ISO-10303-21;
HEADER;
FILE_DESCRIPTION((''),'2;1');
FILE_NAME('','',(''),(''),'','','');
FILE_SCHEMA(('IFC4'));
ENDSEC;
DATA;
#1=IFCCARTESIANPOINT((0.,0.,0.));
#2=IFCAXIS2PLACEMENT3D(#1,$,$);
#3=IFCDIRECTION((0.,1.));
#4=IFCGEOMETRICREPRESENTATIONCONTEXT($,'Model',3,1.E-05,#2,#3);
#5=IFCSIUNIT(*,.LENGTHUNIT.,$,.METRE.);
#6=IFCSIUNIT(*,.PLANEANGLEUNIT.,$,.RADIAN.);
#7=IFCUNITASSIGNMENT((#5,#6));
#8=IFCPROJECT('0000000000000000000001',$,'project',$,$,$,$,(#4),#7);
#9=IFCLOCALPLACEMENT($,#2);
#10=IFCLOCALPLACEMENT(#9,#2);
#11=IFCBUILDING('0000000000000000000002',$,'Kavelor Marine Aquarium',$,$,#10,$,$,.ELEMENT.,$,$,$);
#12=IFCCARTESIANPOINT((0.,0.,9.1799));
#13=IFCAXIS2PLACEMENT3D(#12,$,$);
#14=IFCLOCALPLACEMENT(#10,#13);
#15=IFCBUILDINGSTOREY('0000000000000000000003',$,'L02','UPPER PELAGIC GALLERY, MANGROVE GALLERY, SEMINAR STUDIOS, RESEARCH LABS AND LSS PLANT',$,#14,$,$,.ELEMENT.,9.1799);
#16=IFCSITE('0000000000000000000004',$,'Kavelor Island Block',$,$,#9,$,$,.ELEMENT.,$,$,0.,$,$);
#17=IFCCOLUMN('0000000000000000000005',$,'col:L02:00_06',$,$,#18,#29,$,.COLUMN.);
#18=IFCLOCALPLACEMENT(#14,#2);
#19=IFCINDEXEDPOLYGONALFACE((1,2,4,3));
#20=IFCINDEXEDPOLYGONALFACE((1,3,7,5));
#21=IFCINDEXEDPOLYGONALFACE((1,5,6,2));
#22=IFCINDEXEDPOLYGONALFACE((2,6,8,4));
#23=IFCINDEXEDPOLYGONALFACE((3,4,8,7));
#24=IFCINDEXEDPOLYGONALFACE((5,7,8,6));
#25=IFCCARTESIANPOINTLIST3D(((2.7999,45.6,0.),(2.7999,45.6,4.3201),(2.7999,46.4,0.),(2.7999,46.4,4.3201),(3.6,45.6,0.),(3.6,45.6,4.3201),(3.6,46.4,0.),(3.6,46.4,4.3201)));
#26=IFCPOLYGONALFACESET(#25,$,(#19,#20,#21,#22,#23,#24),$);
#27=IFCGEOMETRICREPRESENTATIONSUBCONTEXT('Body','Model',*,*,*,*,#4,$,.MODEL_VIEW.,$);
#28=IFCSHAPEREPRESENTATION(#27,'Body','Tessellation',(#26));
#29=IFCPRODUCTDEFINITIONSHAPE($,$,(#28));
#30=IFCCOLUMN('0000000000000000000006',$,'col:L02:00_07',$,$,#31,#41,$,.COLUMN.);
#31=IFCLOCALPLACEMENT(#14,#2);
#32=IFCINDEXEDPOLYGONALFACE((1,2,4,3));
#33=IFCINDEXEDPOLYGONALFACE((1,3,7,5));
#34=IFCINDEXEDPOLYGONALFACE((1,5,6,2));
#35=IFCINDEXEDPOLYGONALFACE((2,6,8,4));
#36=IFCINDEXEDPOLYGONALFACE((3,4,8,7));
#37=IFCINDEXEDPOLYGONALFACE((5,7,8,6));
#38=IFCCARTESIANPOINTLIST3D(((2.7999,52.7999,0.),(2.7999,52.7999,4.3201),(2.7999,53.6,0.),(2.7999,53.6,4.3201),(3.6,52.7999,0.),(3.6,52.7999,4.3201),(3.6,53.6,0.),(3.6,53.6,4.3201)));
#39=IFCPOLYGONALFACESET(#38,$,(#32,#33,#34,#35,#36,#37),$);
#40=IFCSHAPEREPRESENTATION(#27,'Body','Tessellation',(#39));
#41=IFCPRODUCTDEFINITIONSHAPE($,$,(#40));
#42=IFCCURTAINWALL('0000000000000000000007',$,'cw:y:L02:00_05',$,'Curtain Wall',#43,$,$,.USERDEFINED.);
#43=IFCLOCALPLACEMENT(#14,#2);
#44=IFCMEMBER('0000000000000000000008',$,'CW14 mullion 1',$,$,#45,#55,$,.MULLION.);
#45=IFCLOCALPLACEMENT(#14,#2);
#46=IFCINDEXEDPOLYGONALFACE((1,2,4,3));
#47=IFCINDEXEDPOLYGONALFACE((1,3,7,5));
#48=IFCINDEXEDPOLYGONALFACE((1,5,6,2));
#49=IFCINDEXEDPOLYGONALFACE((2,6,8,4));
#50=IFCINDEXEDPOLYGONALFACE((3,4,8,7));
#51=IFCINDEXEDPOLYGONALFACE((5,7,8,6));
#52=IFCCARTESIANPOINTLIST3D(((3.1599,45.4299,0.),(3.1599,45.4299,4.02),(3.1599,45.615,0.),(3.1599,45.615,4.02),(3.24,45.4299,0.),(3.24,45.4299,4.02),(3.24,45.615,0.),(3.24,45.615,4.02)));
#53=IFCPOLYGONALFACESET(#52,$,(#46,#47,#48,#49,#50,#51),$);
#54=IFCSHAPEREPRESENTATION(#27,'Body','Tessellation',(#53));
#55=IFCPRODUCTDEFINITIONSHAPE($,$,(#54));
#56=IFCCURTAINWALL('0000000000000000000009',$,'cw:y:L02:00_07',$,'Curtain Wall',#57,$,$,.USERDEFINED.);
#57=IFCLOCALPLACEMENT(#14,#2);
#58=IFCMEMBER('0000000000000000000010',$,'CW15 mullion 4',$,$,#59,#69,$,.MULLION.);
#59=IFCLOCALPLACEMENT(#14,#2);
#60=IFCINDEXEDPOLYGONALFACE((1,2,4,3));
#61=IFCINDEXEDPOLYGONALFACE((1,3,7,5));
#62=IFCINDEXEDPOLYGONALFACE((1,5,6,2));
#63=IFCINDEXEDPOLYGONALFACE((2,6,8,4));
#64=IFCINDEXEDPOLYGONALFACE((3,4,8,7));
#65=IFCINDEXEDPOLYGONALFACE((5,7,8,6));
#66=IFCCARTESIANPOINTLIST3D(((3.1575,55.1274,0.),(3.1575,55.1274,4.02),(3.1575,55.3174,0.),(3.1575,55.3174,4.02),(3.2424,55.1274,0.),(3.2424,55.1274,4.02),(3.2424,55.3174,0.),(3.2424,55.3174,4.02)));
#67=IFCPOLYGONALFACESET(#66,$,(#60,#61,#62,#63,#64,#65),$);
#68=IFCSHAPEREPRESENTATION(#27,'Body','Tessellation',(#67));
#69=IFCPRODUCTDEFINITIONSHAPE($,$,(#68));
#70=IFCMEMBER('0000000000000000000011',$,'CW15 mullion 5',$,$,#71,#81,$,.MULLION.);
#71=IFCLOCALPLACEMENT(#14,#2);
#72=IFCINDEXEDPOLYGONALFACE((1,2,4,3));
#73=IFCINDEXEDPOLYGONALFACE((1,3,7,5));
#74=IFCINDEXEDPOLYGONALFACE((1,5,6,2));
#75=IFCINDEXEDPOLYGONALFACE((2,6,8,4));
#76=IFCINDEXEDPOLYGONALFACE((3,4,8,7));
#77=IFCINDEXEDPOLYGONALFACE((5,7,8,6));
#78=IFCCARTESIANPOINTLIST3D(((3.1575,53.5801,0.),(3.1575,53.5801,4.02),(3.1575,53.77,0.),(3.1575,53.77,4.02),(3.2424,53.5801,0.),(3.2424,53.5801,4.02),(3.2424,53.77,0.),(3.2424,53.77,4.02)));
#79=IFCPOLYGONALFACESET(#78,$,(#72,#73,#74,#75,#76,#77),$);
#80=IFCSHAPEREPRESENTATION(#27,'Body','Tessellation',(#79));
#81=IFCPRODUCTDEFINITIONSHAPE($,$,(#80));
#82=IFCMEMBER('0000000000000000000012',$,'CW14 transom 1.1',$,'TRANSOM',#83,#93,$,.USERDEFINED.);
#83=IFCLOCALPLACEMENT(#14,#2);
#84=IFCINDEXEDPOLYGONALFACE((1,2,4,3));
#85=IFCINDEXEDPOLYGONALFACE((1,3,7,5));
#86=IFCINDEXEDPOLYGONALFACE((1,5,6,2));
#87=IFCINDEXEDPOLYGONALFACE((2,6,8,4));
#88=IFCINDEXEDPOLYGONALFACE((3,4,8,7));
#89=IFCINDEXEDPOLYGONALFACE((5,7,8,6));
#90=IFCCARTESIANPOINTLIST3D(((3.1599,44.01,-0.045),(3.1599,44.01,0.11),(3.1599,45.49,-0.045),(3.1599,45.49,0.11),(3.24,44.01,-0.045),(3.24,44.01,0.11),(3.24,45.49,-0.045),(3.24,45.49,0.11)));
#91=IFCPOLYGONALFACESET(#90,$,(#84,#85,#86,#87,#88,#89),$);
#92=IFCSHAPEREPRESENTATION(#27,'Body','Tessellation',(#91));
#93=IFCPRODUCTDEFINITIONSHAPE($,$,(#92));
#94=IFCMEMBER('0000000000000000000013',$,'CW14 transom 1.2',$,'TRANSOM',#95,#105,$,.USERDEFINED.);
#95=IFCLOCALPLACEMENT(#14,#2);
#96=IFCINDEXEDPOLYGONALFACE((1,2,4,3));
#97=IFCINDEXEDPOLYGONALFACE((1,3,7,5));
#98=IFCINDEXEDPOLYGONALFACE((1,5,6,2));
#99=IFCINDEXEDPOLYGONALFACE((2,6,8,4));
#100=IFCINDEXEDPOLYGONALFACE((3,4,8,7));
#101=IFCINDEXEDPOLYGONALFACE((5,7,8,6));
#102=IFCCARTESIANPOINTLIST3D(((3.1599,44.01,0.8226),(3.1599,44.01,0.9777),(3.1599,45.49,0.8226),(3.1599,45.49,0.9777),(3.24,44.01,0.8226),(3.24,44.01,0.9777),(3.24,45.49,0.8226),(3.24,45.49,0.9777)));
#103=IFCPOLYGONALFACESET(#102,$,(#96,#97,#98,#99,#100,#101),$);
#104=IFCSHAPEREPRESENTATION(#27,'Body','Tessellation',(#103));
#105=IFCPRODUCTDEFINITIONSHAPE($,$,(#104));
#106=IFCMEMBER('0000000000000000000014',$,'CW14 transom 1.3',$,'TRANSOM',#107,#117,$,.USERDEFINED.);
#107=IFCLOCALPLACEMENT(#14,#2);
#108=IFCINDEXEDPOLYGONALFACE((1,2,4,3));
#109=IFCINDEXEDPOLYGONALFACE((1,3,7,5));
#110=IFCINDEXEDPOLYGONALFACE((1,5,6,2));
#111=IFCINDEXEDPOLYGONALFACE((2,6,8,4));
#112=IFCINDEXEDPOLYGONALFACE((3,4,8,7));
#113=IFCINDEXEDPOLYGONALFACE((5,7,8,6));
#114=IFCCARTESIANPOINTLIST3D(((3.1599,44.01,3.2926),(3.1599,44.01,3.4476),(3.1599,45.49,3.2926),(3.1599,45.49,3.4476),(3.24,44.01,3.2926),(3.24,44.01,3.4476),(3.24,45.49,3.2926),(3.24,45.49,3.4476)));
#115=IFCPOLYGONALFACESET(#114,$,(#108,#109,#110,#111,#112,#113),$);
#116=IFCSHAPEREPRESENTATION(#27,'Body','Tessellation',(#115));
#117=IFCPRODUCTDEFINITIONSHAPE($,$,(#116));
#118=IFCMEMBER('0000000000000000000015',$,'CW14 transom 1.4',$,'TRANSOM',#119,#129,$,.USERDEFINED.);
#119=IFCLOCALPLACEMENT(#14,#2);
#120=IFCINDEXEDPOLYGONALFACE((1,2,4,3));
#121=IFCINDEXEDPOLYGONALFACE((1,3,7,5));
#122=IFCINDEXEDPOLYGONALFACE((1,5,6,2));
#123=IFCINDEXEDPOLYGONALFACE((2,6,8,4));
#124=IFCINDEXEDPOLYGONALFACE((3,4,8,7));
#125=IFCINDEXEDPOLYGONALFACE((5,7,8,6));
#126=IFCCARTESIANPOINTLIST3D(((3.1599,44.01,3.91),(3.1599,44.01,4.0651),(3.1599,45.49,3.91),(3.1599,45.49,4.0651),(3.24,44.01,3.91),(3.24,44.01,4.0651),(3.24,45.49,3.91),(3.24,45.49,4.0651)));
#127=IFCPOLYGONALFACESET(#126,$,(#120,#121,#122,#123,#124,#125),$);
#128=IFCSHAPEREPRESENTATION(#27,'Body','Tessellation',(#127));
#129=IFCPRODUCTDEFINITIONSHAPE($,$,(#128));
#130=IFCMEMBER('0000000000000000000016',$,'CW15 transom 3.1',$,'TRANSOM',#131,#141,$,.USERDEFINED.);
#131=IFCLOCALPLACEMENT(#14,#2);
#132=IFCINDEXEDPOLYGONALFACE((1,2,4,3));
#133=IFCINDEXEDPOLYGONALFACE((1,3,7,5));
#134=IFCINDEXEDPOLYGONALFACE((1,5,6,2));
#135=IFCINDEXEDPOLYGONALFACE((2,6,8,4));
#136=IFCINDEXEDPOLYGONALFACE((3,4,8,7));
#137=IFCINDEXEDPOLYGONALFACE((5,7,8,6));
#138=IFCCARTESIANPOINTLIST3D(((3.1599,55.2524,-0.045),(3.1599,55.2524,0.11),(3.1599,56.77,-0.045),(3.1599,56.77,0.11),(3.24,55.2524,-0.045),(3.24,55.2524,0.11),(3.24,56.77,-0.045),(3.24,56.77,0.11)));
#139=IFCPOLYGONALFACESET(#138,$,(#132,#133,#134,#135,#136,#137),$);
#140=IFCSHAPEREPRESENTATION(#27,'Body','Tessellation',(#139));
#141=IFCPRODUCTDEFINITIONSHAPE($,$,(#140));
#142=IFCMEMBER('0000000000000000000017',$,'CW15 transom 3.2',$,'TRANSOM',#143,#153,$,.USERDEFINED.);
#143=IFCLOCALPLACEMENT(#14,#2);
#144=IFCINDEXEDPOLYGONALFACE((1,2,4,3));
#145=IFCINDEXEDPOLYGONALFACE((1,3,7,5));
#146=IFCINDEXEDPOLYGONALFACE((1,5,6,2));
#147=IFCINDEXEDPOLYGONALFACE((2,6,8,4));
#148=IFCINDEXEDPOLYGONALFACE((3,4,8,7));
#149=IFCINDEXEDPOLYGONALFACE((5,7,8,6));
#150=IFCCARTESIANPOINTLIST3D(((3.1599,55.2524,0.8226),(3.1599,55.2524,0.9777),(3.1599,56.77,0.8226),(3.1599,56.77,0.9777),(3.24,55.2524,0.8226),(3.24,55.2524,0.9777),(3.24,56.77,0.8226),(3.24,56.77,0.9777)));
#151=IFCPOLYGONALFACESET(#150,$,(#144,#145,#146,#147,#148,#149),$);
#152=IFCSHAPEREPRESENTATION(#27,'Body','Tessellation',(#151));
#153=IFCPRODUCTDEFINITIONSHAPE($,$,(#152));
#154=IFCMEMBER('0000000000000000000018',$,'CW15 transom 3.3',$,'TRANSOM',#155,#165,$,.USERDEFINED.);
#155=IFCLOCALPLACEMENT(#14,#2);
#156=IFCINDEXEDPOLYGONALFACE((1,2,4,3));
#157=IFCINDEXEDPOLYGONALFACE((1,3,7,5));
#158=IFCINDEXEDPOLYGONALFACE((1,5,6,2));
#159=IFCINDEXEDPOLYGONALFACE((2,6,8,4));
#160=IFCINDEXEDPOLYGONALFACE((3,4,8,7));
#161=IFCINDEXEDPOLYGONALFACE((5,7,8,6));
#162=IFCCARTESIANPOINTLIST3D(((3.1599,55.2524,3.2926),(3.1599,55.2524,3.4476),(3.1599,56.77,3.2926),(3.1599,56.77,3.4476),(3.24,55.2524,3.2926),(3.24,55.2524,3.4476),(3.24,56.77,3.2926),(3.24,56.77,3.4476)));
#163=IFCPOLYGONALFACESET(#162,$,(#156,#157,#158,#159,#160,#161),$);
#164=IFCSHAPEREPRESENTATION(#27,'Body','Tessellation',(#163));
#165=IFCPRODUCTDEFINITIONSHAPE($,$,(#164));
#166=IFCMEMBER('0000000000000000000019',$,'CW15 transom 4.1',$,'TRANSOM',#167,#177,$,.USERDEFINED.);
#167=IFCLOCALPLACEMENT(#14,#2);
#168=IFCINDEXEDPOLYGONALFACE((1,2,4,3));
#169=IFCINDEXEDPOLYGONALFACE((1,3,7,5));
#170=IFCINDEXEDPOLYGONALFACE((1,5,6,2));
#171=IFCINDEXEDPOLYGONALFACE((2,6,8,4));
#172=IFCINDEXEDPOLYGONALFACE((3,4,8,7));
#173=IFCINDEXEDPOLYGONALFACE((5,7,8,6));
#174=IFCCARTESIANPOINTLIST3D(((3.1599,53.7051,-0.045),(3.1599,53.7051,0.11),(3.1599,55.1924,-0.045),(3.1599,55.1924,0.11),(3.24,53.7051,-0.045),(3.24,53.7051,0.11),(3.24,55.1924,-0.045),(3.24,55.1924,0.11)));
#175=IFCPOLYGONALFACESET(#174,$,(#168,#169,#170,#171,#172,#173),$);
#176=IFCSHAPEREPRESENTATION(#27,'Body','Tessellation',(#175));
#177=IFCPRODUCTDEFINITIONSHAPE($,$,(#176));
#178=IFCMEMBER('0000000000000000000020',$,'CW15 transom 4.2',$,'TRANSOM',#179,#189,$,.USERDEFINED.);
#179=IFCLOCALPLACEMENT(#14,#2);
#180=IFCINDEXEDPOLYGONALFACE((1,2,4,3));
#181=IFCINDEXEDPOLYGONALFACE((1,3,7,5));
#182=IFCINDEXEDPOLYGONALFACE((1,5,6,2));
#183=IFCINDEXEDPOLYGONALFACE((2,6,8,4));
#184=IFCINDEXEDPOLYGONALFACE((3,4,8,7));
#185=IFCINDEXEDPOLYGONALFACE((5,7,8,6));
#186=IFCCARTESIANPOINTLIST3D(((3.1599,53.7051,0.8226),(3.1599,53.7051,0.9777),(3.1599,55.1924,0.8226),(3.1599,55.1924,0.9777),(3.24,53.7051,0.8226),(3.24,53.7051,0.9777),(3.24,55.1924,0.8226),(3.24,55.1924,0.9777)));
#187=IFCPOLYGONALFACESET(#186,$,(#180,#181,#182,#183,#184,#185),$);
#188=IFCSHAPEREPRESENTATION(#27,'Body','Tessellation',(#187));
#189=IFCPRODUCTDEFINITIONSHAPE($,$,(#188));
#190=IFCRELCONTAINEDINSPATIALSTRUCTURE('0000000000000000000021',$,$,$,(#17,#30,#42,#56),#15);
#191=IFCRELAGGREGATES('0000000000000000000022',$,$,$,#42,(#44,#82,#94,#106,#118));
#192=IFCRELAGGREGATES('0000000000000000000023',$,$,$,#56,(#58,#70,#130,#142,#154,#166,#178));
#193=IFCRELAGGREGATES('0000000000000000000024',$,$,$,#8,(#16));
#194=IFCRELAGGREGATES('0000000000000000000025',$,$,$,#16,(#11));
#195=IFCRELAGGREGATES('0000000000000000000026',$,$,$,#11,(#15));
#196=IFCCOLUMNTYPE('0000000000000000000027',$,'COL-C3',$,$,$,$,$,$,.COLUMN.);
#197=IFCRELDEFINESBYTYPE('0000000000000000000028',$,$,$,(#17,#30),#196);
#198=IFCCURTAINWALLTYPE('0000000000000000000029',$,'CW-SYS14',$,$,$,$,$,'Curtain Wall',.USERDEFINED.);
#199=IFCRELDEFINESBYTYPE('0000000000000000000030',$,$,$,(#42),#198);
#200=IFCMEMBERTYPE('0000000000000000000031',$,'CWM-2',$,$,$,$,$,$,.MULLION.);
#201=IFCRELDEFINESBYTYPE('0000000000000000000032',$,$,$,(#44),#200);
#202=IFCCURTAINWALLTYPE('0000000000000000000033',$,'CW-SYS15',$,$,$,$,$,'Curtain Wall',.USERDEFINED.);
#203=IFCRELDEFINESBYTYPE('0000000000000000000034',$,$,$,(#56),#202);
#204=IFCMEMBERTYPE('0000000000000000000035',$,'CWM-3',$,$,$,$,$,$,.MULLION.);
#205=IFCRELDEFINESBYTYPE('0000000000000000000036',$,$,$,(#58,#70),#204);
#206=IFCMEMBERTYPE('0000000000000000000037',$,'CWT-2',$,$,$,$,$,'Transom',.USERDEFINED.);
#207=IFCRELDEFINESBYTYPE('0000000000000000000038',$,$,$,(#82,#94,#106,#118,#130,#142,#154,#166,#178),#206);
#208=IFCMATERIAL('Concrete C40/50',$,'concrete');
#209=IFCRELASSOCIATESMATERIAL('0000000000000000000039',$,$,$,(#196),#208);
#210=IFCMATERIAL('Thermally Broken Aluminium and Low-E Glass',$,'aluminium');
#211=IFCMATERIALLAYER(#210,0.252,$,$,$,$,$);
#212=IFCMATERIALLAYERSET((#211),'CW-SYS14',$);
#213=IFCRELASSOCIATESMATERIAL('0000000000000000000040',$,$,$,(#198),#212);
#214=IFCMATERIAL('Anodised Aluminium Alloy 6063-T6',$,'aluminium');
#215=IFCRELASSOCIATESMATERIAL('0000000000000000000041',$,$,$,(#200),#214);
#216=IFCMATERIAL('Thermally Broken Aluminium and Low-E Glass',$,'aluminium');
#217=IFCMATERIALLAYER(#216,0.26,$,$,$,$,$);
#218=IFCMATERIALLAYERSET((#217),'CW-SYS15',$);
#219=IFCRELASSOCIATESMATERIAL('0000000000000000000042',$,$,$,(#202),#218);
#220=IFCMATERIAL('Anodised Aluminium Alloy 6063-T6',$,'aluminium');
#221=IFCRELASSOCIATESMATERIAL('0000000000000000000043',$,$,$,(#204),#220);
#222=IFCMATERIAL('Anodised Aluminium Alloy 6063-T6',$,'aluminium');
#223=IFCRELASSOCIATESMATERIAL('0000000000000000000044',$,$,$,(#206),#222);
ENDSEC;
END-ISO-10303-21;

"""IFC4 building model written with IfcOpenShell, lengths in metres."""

from ifc_helpers import new_model, si_unit, direction, frame, origin, origin_2d, place, context, subcontext, project, spatial, rectangle, extrude, material, layer, layer_set, material_profile, profile_set, type_object, element, aggregate, save


model = new_model("IFC4")

# Units and contexts
model_context = context("Model", 3, precision=1e-05, world=origin(), true_north=direction((0.0, 1.0)))
body_context = subcontext(model_context, "Body", "Model", "MODEL_VIEW")
ifc_project = project(units=[si_unit("LENGTHUNIT", "METRE"), si_unit("PLANEANGLEUNIT", "RADIAN")], contexts=[model_context])

# Site, building, storey
site_placement = place(None, origin())
site = spatial("IfcSite", under=ifc_project, at=site_placement, Name="Kavelor Island Block", CompositionType="ELEMENT", RefElevation=0.0)
building_placement = place(site_placement, origin())
building = spatial("IfcBuilding", under=site, at=building_placement, Name="Kavelor Marine Aquarium", CompositionType="ELEMENT")
storey_placement = place(building_placement, frame((0.0, 0.0, 9.1799)))
storey = spatial("IfcBuildingStorey", under=building, at=storey_placement, Name="L02", Description="UPPER PELAGIC GALLERY, MANGROVE GALLERY, SEMINAR STUDIOS, RESEARCH LABS AND LSS PLANT", CompositionType="ELEMENT", Elevation=9.1799)

# Columns
ifc_material_1 = material(Name="Concrete C40/50", Category="concrete")
ifc_material_profile_1 = material_profile(ifc_material_1, rectangle(XDim=0.8, YDim=0.8, at=origin_2d()), Name="RC-COL 800x800")
ifc_profile_set_1 = profile_set([ifc_material_profile_1], Name="Concrete C40/50")
column_type = type_object("IfcColumnType", Name="COL-C3", PredefinedType="COLUMN", material=ifc_profile_set_1)
for number, where, z_axis, x_axis, name in (
    (1, (3.2, 46.0, 0.0), (0.0, 0.0, 1.0), (1.0, 0.0, 0.0), "col:L02:00_06"),
    (2, (3.2, 53.2, 0.0), (0.0, 0.0, 1.0), (1.0, 0.0, 0.0), "col:L02:00_07"),
):
    element("IfcColumn", number, at=place(storey_placement, frame(where, z_axis=z_axis, x_axis=x_axis)), inside=storey, type_object=column_type, Name=name, PredefinedType="COLUMN", context=body_context, shape_type="SweptSolid", body=[
        extrude(rectangle(XDim=0.8, YDim=0.8, at=origin_2d()), origin(), (0.0, 0.0, 1.0), 4.3201),
    ])

# Curtain wall, member
ifc_material_2 = material(Name="Thermally Broken Aluminium and Low-E Glass", Category="aluminium")
ifc_layer_1 = layer(ifc_material_2, 0.252)
ifc_layer_set_1 = layer_set([ifc_layer_1], Name="CW-SYS14")
curtain_wall_type_1 = type_object("IfcCurtainWallType", Name="CW-SYS14", ElementType="Curtain Wall", PredefinedType="USERDEFINED", material=ifc_layer_set_1)
curtain_wall_1_placement = place(storey_placement, origin())
curtain_wall_1 = element("IfcCurtainWall", 3, at=curtain_wall_1_placement, inside=storey, type_object=curtain_wall_type_1, Name="cw:y:L02:00_05", ObjectType="Curtain Wall", PredefinedType="USERDEFINED")
ifc_material_3 = material(Name="Anodised Aluminium Alloy 6063-T6", Category="aluminium")
ifc_material_profile_2 = material_profile(ifc_material_3, rectangle(XDim=0.0801, YDim=0.1851, at=origin_2d()), Name="CW-MUL 80x185")
ifc_profile_set_2 = profile_set([ifc_material_profile_2], Name="Anodised Aluminium Alloy 6063-T6")
member_type_1 = type_object("IfcMemberType", Name="CWM-2", PredefinedType="MULLION", material=ifc_profile_set_2)
member_1_placement = place(storey_placement, frame((3.2, 45.5225, 0.0), z_axis=(0.0, 0.0, 1.0), x_axis=(1.0, 0.0, 0.0)))
member_1 = element("IfcMember", 4, at=member_1_placement, type_object=member_type_1, Name="CW14 mullion 1", PredefinedType="MULLION", context=body_context, shape_type="SweptSolid", body=[
    extrude(rectangle(XDim=0.0801, YDim=0.1851, at=origin_2d()), origin(), (0.0, 0.0, 1.0), 4.02),
])

# Curtain wall, members
ifc_material_4 = material(Name="Thermally Broken Aluminium and Low-E Glass", Category="aluminium")
ifc_layer_2 = layer(ifc_material_4, 0.26)
ifc_layer_set_2 = layer_set([ifc_layer_2], Name="CW-SYS15")
curtain_wall_type_2 = type_object("IfcCurtainWallType", Name="CW-SYS15", ElementType="Curtain Wall", PredefinedType="USERDEFINED", material=ifc_layer_set_2)
curtain_wall_2_placement = place(storey_placement, origin())
curtain_wall_2 = element("IfcCurtainWall", 5, at=curtain_wall_2_placement, inside=storey, type_object=curtain_wall_type_2, Name="cw:y:L02:00_07", ObjectType="Curtain Wall", PredefinedType="USERDEFINED")
ifc_material_5 = material(Name="Anodised Aluminium Alloy 6063-T6", Category="aluminium")
ifc_material_profile_3 = material_profile(ifc_material_5, rectangle(XDim=0.085, YDim=0.1899, at=origin_2d()), Name="CW-MUL 85x190")
ifc_profile_set_3 = profile_set([ifc_material_profile_3], Name="Anodised Aluminium Alloy 6063-T6")
member_type_2 = type_object("IfcMemberType", Name="CWM-3", PredefinedType="MULLION", material=ifc_profile_set_3)
member_2_placement = place(storey_placement, frame((3.2, 55.2224, 0.0), z_axis=(0.0, 0.0, 1.0), x_axis=(1.0, 0.0, 0.0)))
member_2 = element("IfcMember", 6, at=member_2_placement, type_object=member_type_2, Name="CW15 mullion 4", PredefinedType="MULLION", context=body_context, shape_type="SweptSolid", body=[
    extrude(rectangle(XDim=0.085, YDim=0.1899, at=origin_2d()), origin(), (0.0, 0.0, 1.0), 4.02),
])
member_3_placement = place(storey_placement, frame((3.2, 53.675, 0.0), z_axis=(0.0, 0.0, 1.0), x_axis=(1.0, 0.0, 0.0)))
member_3 = element("IfcMember", 7, at=member_3_placement, type_object=member_type_2, Name="CW15 mullion 5", PredefinedType="MULLION", context=body_context, shape_type="SweptSolid", body=[
    extrude(rectangle(XDim=0.085, YDim=0.1899, at=origin_2d()), origin(), (0.0, 0.0, 1.0), 4.02),
])

# Members
ifc_material_6 = material(Name="Anodised Aluminium Alloy 6063-T6", Category="aluminium")
ifc_material_profile_4 = material_profile(ifc_material_6, rectangle(XDim=0.0801, YDim=0.155, at=origin_2d()), Name="CW-TRN 80x155")
ifc_profile_set_4 = profile_set([ifc_material_profile_4], Name="Anodised Aluminium Alloy 6063-T6")
member_type_3 = type_object("IfcMemberType", Name="CWT-2", ElementType="Transom", PredefinedType="USERDEFINED", material=ifc_profile_set_4)
member_4_placement = place(storey_placement, frame((3.2, 45.49, 0.0325), z_axis=(0.0, -1.0, 0.0), x_axis=(1.0, 0.0, 0.0)))
member_4 = element("IfcMember", 8, at=member_4_placement, type_object=member_type_3, Name="CW14 transom 1.1", ObjectType="TRANSOM", PredefinedType="USERDEFINED", context=body_context, shape_type="SweptSolid", body=[
    extrude(rectangle(XDim=0.0801, YDim=0.155, at=origin_2d()), origin(), (0.0, 0.0, 1.0), 1.48),
])
member_5_placement = place(storey_placement, frame((3.2, 45.49, 0.9001), z_axis=(0.0, -1.0, 0.0), x_axis=(1.0, 0.0, 0.0)))
member_5 = element("IfcMember", 9, at=member_5_placement, type_object=member_type_3, Name="CW14 transom 1.2", ObjectType="TRANSOM", PredefinedType="USERDEFINED", context=body_context, shape_type="SweptSolid", body=[
    extrude(rectangle(XDim=0.0801, YDim=0.155, at=origin_2d()), origin(), (0.0, 0.0, 1.0), 1.48),
])
member_6_placement = place(storey_placement, frame((3.2, 45.49, 3.3701), z_axis=(0.0, -1.0, 0.0), x_axis=(1.0, 0.0, 0.0)))
member_6 = element("IfcMember", 10, at=member_6_placement, type_object=member_type_3, Name="CW14 transom 1.3", ObjectType="TRANSOM", PredefinedType="USERDEFINED", context=body_context, shape_type="SweptSolid", body=[
    extrude(rectangle(XDim=0.0801, YDim=0.155, at=origin_2d()), origin(), (0.0, 0.0, 1.0), 1.48),
])
member_7_placement = place(storey_placement, frame((3.2, 45.49, 3.9875), z_axis=(0.0, -1.0, 0.0), x_axis=(1.0, 0.0, 0.0)))
member_7 = element("IfcMember", 11, at=member_7_placement, type_object=member_type_3, Name="CW14 transom 1.4", ObjectType="TRANSOM", PredefinedType="USERDEFINED", context=body_context, shape_type="SweptSolid", body=[
    extrude(rectangle(XDim=0.0801, YDim=0.155, at=origin_2d()), origin(), (0.0, 0.0, 1.0), 1.48),
])
member_8_placement = place(storey_placement, frame((3.2, 56.77, 0.0325), z_axis=(0.0, -1.0, 0.0), x_axis=(1.0, 0.0, 0.0)))
member_8 = element("IfcMember", 12, at=member_8_placement, type_object=member_type_3, Name="CW15 transom 3.1", ObjectType="TRANSOM", PredefinedType="USERDEFINED", context=body_context, shape_type="SweptSolid", body=[
    extrude(rectangle(XDim=0.0801, YDim=0.155, at=origin_2d()), origin(), (0.0, 0.0, 1.0), 1.5176),
])
member_9_placement = place(storey_placement, frame((3.2, 56.77, 0.9001), z_axis=(0.0, -1.0, 0.0), x_axis=(1.0, 0.0, 0.0)))
member_9 = element("IfcMember", 13, at=member_9_placement, type_object=member_type_3, Name="CW15 transom 3.2", ObjectType="TRANSOM", PredefinedType="USERDEFINED", context=body_context, shape_type="SweptSolid", body=[
    extrude(rectangle(XDim=0.0801, YDim=0.155, at=origin_2d()), origin(), (0.0, 0.0, 1.0), 1.5176),
])
member_10_placement = place(storey_placement, frame((3.2, 56.77, 3.3701), z_axis=(0.0, -1.0, 0.0), x_axis=(1.0, 0.0, 0.0)))
member_10 = element("IfcMember", 14, at=member_10_placement, type_object=member_type_3, Name="CW15 transom 3.3", ObjectType="TRANSOM", PredefinedType="USERDEFINED", context=body_context, shape_type="SweptSolid", body=[
    extrude(rectangle(XDim=0.0801, YDim=0.155, at=origin_2d()), origin(), (0.0, 0.0, 1.0), 1.5176),
])
member_11_placement = place(storey_placement, frame((3.2, 55.1924, 0.0325), z_axis=(0.0, -1.0, 0.0), x_axis=(1.0, 0.0, 0.0)))
member_11 = element("IfcMember", 15, at=member_11_placement, type_object=member_type_3, Name="CW15 transom 4.1", ObjectType="TRANSOM", PredefinedType="USERDEFINED", context=body_context, shape_type="SweptSolid", body=[
    extrude(rectangle(XDim=0.0801, YDim=0.155, at=origin_2d()), origin(), (0.0, 0.0, 1.0), 1.4873),
])
member_12_placement = place(storey_placement, frame((3.2, 55.1924, 0.9001), z_axis=(0.0, -1.0, 0.0), x_axis=(1.0, 0.0, 0.0)))
member_12 = element("IfcMember", 16, at=member_12_placement, type_object=member_type_3, Name="CW15 transom 4.2", ObjectType="TRANSOM", PredefinedType="USERDEFINED", context=body_context, shape_type="SweptSolid", body=[
    extrude(rectangle(XDim=0.0801, YDim=0.155, at=origin_2d()), origin(), (0.0, 0.0, 1.0), 1.4873),
])

aggregate(curtain_wall_1, [member_1, member_4, member_5, member_6, member_7])
aggregate(curtain_wall_2, [member_2, member_3, member_8, member_9, member_10, member_11, member_12])

save(model, "model.ifc")
